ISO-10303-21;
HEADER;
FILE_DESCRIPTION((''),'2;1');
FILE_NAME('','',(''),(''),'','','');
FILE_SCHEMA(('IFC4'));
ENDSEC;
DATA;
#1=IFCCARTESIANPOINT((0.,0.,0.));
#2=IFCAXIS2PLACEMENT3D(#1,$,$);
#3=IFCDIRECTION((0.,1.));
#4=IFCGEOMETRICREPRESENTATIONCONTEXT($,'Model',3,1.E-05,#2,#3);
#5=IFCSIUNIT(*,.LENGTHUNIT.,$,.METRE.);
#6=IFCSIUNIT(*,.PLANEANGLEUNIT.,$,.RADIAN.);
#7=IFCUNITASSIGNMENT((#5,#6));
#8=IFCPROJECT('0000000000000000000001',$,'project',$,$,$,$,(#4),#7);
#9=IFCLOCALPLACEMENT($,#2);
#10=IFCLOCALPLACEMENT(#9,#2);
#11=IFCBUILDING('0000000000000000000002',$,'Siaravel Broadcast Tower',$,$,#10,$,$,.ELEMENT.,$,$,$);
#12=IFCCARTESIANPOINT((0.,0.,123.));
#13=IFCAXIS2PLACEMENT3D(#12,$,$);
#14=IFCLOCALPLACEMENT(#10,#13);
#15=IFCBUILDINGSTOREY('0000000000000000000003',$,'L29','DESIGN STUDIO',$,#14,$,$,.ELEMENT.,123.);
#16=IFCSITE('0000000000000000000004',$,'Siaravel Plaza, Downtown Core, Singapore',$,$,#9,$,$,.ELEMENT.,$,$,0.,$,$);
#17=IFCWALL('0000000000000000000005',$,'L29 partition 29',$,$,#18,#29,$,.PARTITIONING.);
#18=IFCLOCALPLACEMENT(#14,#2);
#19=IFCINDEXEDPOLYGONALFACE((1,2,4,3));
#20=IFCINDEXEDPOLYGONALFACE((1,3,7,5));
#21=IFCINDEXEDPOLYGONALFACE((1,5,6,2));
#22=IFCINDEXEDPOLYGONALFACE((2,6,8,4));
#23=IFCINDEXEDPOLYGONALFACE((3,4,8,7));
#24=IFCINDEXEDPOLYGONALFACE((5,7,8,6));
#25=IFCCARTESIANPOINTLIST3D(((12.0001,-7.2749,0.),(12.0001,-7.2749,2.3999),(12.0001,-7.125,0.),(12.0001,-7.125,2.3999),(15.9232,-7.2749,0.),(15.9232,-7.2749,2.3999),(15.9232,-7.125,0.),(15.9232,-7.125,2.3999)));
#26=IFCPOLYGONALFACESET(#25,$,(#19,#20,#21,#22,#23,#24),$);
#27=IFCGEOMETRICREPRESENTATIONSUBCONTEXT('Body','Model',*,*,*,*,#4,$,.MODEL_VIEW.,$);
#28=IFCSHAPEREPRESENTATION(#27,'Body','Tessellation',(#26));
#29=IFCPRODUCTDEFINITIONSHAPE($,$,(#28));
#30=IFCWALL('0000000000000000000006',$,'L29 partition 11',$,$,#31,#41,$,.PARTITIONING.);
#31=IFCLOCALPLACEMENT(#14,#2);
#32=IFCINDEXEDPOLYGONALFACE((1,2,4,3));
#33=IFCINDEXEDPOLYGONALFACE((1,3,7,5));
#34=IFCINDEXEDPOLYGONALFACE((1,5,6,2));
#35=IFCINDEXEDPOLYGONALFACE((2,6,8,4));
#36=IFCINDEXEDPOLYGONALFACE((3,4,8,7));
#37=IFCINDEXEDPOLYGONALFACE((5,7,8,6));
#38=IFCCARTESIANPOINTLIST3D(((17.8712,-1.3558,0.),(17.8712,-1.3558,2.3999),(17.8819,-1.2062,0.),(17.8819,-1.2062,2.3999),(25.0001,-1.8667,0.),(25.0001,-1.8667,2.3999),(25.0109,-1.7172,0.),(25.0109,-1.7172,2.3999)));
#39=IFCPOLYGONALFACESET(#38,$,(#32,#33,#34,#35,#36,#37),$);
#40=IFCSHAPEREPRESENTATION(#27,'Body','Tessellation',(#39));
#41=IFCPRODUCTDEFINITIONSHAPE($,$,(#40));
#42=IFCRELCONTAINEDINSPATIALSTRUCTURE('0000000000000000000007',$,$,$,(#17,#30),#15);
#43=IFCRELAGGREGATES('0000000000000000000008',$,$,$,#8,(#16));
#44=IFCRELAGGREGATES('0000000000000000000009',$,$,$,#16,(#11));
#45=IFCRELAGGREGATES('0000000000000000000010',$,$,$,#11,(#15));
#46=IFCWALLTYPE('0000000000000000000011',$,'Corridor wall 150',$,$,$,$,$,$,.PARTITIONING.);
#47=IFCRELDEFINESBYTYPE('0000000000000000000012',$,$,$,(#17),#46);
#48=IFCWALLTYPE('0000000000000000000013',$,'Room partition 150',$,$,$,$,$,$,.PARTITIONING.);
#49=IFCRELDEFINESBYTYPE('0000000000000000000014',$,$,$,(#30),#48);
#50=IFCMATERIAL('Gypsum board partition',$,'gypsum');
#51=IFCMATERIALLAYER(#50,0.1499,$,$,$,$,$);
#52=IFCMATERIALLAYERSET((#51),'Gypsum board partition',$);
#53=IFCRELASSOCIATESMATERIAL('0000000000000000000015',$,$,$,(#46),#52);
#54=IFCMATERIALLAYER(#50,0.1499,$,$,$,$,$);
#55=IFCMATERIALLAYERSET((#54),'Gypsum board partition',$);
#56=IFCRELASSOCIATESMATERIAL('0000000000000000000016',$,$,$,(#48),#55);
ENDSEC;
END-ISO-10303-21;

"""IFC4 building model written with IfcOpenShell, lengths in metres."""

from ifc_helpers import new_model, si_unit, direction, frame, frame_2d, origin, place, context, subcontext, project, spatial, rectangle, extrude, material, layer, layer_set, type_object, element, save


model = new_model("IFC4")

# Units and contexts
model_context = context("Model", 3, precision=1e-05, world=origin(), true_north=direction((0.0, 1.0)))
body_context = subcontext(model_context, "Body", "Model", "MODEL_VIEW")
ifc_project = project(units=[si_unit("LENGTHUNIT", "METRE"), si_unit("PLANEANGLEUNIT", "RADIAN")], contexts=[model_context])

# Site, building, storey
site_placement = place(None, origin())
site = spatial("IfcSite", under=ifc_project, at=site_placement, Name="Siaravel Plaza, Downtown Core, Singapore", CompositionType="ELEMENT", RefElevation=0.0)
building_placement = place(site_placement, origin())
building = spatial("IfcBuilding", under=site, at=building_placement, Name="Siaravel Broadcast Tower", CompositionType="ELEMENT")
storey_placement = place(building_placement, frame((0.0, 0.0, 123.0)))
storey = spatial("IfcBuildingStorey", under=building, at=storey_placement, Name="L29", Description="DESIGN STUDIO", CompositionType="ELEMENT", Elevation=123.0)

# Shared definitions
ifc_material_1 = material(Name="Gypsum board partition", Category="gypsum")
ifc_layer_1 = layer(ifc_material_1, 0.1499)
ifc_layer_set_1 = layer_set([ifc_layer_1], Name="Gypsum board partition")
wall_type_1 = type_object("IfcWallType", Name="Corridor wall 150", PredefinedType="PARTITIONING", material=ifc_layer_set_1)

# Walls
wall_1_placement = place(storey_placement, frame((15.9231, -7.2, 0.0), z_axis=(0.0, 0.0, 1.0), x_axis=(-1.0, 0.0, 0.0)))
element("IfcWall", 1, at=wall_1_placement, inside=storey, type_object=wall_type_1, Name="L29 partition 29", PredefinedType="PARTITIONING", context=body_context, shape_type="SweptSolid", body=[
    extrude(rectangle(XDim=3.9231, YDim=0.1499, at=frame_2d((1.9614, 0.0))), origin(), (0.0, 0.0, 1.0), 2.3999),
])
ifc_layer_2 = layer(ifc_material_1, 0.1499)
ifc_layer_set_2 = layer_set([ifc_layer_2], Name="Gypsum board partition")
wall_type_2 = type_object("IfcWallType", Name="Room partition 150", PredefinedType="PARTITIONING", material=ifc_layer_set_2)
wall_2_placement = place(storey_placement, frame((25.0056, -1.792, 0.0), z_axis=(0.0, 0.0, 1.0), x_axis=(-0.997441, 0.071495, 0.0)))
element("IfcWall", 2, at=wall_2_placement, inside=storey, type_object=wall_type_2, Name="L29 partition 11", PredefinedType="PARTITIONING", context=body_context, shape_type="SweptSolid", body=[
    extrude(rectangle(XDim=7.1472, YDim=0.1499, at=frame_2d((3.5737, 0.0))), origin(), (0.0, 0.0, 1.0), 2.3999),
])

save(model, "model.ifc")
